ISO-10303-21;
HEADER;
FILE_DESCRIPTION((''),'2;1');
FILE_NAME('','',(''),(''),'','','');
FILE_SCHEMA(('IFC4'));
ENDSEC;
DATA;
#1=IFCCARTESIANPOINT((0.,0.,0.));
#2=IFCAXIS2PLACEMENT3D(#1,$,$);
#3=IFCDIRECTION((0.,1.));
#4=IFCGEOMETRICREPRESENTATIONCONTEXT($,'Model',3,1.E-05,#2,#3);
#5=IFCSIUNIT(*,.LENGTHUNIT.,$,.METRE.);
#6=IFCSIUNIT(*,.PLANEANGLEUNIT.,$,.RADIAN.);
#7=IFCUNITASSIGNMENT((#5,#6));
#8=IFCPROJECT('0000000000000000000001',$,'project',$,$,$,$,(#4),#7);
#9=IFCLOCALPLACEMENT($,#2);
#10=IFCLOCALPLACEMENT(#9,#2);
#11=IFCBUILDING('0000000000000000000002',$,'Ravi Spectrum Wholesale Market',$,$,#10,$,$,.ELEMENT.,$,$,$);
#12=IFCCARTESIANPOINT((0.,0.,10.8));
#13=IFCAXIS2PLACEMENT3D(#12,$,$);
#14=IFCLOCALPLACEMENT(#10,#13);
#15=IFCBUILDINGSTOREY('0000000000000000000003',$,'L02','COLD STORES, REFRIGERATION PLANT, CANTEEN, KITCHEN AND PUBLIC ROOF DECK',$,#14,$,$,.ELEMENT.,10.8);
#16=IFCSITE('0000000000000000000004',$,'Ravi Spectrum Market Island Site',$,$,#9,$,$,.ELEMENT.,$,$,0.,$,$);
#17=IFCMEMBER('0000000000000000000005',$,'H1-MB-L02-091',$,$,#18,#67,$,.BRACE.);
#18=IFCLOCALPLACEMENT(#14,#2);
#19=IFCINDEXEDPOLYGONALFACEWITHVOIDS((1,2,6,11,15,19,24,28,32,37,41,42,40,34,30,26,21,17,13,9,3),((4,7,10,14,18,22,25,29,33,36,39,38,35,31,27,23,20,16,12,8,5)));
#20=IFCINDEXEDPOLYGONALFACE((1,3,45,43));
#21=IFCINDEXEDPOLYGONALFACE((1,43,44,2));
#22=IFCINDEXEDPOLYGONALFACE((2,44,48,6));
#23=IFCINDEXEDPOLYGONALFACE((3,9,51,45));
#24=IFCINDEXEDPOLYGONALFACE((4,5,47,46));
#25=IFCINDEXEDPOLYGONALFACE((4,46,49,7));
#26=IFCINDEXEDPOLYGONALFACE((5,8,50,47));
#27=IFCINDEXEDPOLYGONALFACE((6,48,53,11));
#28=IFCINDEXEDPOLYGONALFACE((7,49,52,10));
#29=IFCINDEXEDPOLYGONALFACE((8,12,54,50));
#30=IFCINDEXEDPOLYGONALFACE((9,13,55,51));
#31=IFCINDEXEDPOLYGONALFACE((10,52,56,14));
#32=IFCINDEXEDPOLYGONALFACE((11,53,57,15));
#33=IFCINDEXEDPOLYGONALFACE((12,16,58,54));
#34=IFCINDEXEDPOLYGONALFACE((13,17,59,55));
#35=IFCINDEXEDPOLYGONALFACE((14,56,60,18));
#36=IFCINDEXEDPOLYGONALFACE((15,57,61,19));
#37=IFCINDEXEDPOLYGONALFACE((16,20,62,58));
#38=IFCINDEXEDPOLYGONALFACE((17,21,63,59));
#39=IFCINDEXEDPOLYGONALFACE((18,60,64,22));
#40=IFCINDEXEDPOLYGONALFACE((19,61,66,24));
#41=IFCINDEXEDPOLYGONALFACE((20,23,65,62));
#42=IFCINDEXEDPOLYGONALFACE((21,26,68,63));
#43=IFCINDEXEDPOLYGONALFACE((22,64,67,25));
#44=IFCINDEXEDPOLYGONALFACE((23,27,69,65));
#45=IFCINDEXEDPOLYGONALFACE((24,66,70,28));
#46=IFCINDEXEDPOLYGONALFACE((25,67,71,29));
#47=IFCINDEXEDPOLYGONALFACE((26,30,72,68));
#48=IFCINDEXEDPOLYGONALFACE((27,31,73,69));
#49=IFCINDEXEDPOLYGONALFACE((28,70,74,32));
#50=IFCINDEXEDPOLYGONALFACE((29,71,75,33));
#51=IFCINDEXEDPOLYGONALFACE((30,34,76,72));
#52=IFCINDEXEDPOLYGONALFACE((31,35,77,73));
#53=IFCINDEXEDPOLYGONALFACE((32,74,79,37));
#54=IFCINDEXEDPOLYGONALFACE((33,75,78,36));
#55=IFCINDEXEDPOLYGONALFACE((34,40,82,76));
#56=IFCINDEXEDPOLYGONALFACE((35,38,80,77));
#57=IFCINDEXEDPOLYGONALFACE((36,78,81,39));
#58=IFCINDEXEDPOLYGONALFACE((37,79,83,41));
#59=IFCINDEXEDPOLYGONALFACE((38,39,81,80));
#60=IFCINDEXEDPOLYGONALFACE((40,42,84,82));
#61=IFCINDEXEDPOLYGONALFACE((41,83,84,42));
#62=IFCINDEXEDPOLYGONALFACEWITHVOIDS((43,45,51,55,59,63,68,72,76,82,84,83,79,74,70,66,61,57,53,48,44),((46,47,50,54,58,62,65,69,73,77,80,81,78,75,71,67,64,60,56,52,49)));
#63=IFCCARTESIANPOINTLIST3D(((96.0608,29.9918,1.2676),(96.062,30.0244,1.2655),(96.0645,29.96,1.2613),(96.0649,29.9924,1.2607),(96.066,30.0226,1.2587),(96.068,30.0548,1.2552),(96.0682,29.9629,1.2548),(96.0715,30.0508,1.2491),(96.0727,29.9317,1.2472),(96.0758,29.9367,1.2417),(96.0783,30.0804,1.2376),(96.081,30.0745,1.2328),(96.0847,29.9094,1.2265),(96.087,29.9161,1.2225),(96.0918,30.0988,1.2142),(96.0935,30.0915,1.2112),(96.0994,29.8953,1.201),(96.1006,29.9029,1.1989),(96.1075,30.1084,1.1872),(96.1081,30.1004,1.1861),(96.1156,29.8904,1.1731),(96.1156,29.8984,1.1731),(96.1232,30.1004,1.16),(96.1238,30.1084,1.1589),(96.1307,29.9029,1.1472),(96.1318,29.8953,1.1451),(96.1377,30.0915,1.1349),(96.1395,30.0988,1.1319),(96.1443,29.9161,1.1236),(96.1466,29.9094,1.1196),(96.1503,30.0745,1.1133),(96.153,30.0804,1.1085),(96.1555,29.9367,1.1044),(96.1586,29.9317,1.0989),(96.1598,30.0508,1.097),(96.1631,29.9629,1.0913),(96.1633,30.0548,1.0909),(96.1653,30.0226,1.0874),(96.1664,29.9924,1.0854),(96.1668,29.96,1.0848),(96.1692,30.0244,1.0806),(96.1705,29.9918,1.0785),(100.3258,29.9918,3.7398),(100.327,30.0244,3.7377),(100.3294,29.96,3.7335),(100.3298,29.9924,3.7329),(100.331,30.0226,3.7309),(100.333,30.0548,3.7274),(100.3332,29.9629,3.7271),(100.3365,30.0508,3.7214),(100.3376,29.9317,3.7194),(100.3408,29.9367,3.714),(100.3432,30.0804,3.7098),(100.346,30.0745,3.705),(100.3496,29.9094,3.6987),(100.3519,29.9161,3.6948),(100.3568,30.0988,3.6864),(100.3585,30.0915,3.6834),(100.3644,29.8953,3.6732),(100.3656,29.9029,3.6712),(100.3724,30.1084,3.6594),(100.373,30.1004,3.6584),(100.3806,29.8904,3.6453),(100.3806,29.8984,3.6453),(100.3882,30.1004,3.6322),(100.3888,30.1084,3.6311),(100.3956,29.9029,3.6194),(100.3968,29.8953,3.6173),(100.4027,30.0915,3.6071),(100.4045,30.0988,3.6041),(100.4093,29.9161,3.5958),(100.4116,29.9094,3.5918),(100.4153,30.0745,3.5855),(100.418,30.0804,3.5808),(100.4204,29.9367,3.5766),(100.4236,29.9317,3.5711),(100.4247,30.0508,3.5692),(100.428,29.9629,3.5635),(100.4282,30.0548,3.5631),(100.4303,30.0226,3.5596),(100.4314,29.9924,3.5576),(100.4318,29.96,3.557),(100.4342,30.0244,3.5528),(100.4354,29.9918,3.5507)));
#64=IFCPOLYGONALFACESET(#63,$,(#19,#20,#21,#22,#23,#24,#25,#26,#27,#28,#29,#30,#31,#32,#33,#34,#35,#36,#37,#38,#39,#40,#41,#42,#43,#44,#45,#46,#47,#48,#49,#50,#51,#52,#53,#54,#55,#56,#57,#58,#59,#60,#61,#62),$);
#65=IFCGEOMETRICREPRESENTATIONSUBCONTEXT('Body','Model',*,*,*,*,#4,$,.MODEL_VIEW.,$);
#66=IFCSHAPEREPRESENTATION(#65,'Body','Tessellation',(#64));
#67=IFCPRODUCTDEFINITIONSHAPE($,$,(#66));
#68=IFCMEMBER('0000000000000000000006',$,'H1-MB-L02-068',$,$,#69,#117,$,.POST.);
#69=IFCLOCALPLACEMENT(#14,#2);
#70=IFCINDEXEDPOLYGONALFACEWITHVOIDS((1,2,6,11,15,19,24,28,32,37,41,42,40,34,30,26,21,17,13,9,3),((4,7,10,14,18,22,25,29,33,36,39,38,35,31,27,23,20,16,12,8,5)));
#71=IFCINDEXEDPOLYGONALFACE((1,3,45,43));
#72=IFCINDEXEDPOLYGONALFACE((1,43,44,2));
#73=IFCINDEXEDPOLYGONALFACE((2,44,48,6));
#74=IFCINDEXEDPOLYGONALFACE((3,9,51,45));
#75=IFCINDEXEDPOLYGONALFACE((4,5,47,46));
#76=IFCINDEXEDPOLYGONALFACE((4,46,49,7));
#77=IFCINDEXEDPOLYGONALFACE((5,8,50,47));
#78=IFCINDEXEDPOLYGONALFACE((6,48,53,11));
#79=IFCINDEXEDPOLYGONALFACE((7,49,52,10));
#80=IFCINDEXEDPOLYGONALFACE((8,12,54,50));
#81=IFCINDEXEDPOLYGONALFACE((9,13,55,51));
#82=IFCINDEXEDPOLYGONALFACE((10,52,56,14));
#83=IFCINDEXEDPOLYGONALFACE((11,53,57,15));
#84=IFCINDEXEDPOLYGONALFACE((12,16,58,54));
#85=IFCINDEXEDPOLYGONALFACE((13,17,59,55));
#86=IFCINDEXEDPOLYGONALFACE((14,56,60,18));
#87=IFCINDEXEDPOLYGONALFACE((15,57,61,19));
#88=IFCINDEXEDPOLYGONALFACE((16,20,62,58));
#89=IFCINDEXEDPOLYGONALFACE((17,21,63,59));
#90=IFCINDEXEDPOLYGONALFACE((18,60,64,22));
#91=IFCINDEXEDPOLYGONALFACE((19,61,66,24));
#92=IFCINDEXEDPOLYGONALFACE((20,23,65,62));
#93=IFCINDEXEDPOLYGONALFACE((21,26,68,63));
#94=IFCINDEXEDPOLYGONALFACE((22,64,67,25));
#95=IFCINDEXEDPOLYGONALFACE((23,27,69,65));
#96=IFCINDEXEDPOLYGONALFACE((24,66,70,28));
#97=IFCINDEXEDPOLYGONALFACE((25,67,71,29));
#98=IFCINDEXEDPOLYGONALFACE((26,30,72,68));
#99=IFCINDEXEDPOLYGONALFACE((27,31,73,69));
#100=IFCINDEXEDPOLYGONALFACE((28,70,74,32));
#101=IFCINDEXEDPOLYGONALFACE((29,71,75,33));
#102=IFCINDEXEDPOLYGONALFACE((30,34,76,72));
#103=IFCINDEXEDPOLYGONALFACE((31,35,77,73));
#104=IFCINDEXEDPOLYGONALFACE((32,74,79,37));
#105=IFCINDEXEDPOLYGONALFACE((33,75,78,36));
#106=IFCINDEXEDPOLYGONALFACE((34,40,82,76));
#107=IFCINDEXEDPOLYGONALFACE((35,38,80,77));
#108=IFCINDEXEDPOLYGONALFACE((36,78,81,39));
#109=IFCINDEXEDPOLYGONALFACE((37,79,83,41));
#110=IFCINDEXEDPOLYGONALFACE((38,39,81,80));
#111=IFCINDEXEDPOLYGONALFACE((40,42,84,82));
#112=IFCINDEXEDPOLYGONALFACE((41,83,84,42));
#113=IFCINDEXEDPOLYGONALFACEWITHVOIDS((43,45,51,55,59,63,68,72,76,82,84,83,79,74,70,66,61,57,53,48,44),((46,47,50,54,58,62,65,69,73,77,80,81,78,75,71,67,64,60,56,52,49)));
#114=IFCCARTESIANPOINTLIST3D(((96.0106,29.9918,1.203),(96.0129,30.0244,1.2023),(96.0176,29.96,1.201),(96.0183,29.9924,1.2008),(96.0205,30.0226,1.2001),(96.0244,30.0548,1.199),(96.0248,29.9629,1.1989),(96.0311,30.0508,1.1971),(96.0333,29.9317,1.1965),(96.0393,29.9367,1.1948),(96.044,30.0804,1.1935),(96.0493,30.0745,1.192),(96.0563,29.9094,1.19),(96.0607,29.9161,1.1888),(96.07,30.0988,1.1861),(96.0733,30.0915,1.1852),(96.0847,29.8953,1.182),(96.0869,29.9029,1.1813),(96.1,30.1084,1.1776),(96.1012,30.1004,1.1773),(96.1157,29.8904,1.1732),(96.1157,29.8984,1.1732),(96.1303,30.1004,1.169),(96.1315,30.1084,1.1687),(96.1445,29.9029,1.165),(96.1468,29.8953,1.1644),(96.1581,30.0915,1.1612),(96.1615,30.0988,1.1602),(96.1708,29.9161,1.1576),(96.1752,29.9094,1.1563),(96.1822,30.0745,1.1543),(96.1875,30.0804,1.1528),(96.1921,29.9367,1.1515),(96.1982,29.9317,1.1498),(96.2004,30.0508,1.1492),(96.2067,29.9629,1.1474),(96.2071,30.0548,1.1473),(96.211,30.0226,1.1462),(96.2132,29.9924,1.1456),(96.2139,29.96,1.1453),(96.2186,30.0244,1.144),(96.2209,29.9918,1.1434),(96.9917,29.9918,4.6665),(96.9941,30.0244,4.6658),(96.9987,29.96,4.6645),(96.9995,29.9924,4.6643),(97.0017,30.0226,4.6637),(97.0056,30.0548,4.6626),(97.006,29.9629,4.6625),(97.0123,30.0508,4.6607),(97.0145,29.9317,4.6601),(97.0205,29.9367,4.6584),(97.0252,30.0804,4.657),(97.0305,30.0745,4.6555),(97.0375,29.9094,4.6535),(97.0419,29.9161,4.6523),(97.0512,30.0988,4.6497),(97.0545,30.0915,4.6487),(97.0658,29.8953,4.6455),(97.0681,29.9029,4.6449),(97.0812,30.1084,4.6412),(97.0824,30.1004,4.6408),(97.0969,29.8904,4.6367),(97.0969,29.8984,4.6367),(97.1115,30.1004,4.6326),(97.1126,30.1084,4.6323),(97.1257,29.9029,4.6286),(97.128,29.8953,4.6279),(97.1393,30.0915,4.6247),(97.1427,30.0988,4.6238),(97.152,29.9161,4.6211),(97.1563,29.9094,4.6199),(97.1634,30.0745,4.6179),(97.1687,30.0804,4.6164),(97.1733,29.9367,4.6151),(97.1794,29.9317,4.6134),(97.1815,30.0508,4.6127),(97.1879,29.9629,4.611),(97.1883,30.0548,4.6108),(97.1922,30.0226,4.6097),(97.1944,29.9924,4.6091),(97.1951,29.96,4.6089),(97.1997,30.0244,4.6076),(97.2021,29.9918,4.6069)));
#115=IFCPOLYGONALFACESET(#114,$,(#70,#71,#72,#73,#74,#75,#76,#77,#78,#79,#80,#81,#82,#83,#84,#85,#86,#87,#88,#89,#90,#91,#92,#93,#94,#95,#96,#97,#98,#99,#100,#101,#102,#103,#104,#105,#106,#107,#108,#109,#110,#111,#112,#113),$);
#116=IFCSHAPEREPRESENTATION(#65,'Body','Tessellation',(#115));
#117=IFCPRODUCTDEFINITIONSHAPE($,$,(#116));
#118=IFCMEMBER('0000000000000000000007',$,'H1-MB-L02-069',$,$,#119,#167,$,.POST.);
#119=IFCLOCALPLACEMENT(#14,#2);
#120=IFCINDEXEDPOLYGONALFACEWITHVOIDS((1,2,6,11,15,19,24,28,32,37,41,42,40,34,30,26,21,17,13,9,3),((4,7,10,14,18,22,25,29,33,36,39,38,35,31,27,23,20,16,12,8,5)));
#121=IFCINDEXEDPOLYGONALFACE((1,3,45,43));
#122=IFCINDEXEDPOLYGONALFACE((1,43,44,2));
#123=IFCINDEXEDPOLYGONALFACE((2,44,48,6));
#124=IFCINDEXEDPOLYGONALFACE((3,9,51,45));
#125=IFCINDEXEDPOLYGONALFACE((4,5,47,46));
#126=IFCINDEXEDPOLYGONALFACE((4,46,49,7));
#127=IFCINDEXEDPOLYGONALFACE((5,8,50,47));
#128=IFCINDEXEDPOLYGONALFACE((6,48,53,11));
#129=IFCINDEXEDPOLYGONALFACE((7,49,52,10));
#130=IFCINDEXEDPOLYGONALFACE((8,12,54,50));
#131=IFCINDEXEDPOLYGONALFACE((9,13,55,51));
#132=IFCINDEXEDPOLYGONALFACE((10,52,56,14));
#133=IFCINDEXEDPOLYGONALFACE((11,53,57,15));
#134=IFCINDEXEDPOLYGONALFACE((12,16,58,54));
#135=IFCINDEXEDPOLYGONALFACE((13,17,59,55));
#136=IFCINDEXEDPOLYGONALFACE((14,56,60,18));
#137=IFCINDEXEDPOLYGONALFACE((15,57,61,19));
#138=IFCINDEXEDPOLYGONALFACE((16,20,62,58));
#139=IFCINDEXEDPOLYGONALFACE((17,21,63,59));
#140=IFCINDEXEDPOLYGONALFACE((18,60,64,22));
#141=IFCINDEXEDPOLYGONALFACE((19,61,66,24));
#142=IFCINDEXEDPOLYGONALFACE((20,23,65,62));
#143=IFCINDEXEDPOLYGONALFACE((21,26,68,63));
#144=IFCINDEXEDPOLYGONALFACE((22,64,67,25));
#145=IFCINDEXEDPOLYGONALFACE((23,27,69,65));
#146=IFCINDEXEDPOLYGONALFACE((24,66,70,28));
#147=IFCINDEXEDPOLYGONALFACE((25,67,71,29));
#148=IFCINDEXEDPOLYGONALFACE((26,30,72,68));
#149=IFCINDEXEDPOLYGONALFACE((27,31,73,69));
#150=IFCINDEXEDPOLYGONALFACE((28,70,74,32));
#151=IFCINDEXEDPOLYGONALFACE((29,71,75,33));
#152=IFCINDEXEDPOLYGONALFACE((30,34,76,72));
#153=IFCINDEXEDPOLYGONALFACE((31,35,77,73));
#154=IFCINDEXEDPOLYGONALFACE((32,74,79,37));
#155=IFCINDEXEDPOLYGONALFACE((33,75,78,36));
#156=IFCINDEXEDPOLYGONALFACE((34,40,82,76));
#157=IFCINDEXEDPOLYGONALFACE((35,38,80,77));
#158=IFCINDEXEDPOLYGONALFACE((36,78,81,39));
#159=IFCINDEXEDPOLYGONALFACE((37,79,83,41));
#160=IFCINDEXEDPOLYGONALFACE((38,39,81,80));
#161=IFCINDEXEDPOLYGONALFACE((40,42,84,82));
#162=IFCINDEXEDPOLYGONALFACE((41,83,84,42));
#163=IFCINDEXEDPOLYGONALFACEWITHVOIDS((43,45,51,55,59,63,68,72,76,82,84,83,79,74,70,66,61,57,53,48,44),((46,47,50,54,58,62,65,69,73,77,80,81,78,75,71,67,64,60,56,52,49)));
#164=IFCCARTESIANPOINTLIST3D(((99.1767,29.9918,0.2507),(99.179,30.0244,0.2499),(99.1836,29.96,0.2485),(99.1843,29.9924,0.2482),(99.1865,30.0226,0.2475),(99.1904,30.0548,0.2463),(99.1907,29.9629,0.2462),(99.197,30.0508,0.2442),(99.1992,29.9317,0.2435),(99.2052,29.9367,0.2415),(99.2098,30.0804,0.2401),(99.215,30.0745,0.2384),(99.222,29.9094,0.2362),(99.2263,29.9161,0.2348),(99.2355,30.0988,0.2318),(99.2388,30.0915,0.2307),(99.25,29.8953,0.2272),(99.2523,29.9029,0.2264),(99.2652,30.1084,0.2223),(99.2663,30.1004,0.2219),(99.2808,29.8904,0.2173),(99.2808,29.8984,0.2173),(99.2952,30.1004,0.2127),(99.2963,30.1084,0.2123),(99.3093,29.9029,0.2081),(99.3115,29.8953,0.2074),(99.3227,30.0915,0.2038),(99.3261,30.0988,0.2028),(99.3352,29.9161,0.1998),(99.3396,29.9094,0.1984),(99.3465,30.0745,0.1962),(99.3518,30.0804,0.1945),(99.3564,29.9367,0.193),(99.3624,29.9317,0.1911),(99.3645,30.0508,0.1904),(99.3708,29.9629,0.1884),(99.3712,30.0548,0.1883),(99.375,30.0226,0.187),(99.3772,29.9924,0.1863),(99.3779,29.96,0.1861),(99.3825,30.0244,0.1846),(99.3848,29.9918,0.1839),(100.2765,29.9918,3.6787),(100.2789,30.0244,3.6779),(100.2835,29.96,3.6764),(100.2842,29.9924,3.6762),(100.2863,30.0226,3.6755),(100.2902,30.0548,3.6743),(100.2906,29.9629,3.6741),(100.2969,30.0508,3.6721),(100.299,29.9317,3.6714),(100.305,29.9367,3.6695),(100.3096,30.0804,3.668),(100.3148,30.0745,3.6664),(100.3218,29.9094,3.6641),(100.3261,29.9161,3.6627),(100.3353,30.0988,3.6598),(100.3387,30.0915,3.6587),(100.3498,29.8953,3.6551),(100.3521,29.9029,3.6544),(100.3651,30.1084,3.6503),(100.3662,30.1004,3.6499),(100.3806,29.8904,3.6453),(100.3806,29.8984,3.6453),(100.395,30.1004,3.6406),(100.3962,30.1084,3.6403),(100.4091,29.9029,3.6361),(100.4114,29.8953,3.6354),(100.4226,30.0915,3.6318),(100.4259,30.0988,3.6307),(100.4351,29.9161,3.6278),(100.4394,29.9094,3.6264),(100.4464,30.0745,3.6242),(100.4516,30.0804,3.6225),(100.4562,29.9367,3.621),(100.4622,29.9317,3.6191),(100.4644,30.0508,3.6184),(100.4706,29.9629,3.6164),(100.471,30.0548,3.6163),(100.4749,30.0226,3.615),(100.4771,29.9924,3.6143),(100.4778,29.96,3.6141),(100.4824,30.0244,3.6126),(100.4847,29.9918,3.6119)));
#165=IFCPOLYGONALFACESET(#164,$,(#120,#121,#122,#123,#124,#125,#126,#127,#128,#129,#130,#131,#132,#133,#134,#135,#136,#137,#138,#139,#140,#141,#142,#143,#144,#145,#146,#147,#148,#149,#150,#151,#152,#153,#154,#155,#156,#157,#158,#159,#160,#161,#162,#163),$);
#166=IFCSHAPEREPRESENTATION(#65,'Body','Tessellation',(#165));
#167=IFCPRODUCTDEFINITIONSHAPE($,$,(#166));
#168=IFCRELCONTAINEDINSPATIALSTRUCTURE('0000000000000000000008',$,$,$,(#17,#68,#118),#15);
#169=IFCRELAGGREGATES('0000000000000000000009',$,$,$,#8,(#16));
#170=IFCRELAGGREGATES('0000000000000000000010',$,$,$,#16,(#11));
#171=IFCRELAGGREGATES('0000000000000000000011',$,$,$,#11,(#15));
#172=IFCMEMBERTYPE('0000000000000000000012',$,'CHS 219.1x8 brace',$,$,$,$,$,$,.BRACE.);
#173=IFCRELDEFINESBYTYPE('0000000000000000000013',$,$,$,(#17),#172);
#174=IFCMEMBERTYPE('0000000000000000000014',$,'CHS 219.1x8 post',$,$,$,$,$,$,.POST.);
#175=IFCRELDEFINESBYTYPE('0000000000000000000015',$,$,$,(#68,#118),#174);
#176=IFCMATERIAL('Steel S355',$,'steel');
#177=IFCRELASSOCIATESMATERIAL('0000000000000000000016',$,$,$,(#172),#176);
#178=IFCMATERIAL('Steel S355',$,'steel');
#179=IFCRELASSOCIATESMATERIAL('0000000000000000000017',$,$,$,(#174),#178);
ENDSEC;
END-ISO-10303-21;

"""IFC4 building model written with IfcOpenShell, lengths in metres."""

from ifc_helpers import new_model, si_unit, direction, frame, origin, origin_2d, place, context, subcontext, project, spatial, hollow_circle, extrude, material, material_profile, profile_set, type_object, element, save


model = new_model("IFC4")

# Units and contexts
model_context = context("Model", 3, precision=1e-05, world=origin(), true_north=direction((0.0, 1.0)))
body_context = subcontext(model_context, "Body", "Model", "MODEL_VIEW")
ifc_project = project(units=[si_unit("LENGTHUNIT", "METRE"), si_unit("PLANEANGLEUNIT", "RADIAN")], contexts=[model_context])

# Site, building, storey
site_placement = place(None, origin())
site = spatial("IfcSite", under=ifc_project, at=site_placement, Name="Ravi Spectrum Market Island Site", CompositionType="ELEMENT", RefElevation=0.0)
building_placement = place(site_placement, origin())
building = spatial("IfcBuilding", under=site, at=building_placement, Name="Ravi Spectrum Wholesale Market", CompositionType="ELEMENT")
storey_placement = place(building_placement, frame((0.0, 0.0, 10.8)))
storey = spatial("IfcBuildingStorey", under=building, at=storey_placement, Name="L02", Description="COLD STORES, REFRIGERATION PLANT, CANTEEN, KITCHEN AND PUBLIC ROOF DECK", CompositionType="ELEMENT", Elevation=10.8)

# Members
ifc_material_1 = material(Name="Steel S355", Category="steel")
ifc_material_profile_1 = material_profile(ifc_material_1, hollow_circle(Radius=0.1096, WallThickness=0.0081, at=origin_2d()))
ifc_profile_set_1 = profile_set([ifc_material_profile_1], Name="Steel S355")
member_type_1 = type_object("IfcMemberType", Name="CHS 219.1x8 brace", PredefinedType="BRACE", material=ifc_profile_set_1)
for number, where, z_axis, x_axis, name in (
    (1, (100.3806, 30.0, 3.6453), (-0.865161, 0.0, -0.501495), (0.0, -1.0, 0.0), "H1-MB-L02-091"),
):
    element("IfcMember", number, at=place(storey_placement, frame(where, z_axis=z_axis, x_axis=x_axis)), inside=storey, type_object=member_type_1, Name=name, PredefinedType="BRACE", context=body_context, shape_type="SweptSolid", body=[
        extrude(hollow_circle(Radius=0.1096, WallThickness=0.0081, at=origin_2d()), origin(), (0.0, 0.0, 1.0), 4.9297),
    ])
ifc_material_2 = material(Name="Steel S355", Category="steel")
ifc_material_profile_2 = material_profile(ifc_material_2, hollow_circle(Radius=0.1096, WallThickness=0.0081, at=origin_2d()))
ifc_profile_set_2 = profile_set([ifc_material_profile_2], Name="Steel S355")
member_type_2 = type_object("IfcMemberType", Name="CHS 219.1x8 post", PredefinedType="POST", material=ifc_profile_set_2)
member_1_placement = place(storey_placement, frame((97.0969, 30.0, 4.6367), z_axis=(-0.272562, 0.0, -0.962138), x_axis=(0.0, -1.0, 0.0)))
element("IfcMember", 2, at=member_1_placement, inside=storey, type_object=member_type_2, Name="H1-MB-L02-068", PredefinedType="POST", context=body_context, shape_type="SweptSolid", body=[
    extrude(hollow_circle(Radius=0.1096, WallThickness=0.0081, at=origin_2d()), origin(), (0.0, 0.0, 1.0), 3.5999),
])
member_2_placement = place(storey_placement, frame((100.3806, 30.0, 3.6453), z_axis=(-0.305506, 0.0, -0.95219), x_axis=(0.0, -1.0, 0.0)))
element("IfcMember", 3, at=member_2_placement, inside=storey, type_object=member_type_2, Name="H1-MB-L02-069", PredefinedType="POST", context=body_context, shape_type="SweptSolid", body=[
    extrude(hollow_circle(Radius=0.1096, WallThickness=0.0081, at=origin_2d()), origin(), (0.0, 0.0, 1.0), 3.6001),
])

save(model, "model.ifc")
